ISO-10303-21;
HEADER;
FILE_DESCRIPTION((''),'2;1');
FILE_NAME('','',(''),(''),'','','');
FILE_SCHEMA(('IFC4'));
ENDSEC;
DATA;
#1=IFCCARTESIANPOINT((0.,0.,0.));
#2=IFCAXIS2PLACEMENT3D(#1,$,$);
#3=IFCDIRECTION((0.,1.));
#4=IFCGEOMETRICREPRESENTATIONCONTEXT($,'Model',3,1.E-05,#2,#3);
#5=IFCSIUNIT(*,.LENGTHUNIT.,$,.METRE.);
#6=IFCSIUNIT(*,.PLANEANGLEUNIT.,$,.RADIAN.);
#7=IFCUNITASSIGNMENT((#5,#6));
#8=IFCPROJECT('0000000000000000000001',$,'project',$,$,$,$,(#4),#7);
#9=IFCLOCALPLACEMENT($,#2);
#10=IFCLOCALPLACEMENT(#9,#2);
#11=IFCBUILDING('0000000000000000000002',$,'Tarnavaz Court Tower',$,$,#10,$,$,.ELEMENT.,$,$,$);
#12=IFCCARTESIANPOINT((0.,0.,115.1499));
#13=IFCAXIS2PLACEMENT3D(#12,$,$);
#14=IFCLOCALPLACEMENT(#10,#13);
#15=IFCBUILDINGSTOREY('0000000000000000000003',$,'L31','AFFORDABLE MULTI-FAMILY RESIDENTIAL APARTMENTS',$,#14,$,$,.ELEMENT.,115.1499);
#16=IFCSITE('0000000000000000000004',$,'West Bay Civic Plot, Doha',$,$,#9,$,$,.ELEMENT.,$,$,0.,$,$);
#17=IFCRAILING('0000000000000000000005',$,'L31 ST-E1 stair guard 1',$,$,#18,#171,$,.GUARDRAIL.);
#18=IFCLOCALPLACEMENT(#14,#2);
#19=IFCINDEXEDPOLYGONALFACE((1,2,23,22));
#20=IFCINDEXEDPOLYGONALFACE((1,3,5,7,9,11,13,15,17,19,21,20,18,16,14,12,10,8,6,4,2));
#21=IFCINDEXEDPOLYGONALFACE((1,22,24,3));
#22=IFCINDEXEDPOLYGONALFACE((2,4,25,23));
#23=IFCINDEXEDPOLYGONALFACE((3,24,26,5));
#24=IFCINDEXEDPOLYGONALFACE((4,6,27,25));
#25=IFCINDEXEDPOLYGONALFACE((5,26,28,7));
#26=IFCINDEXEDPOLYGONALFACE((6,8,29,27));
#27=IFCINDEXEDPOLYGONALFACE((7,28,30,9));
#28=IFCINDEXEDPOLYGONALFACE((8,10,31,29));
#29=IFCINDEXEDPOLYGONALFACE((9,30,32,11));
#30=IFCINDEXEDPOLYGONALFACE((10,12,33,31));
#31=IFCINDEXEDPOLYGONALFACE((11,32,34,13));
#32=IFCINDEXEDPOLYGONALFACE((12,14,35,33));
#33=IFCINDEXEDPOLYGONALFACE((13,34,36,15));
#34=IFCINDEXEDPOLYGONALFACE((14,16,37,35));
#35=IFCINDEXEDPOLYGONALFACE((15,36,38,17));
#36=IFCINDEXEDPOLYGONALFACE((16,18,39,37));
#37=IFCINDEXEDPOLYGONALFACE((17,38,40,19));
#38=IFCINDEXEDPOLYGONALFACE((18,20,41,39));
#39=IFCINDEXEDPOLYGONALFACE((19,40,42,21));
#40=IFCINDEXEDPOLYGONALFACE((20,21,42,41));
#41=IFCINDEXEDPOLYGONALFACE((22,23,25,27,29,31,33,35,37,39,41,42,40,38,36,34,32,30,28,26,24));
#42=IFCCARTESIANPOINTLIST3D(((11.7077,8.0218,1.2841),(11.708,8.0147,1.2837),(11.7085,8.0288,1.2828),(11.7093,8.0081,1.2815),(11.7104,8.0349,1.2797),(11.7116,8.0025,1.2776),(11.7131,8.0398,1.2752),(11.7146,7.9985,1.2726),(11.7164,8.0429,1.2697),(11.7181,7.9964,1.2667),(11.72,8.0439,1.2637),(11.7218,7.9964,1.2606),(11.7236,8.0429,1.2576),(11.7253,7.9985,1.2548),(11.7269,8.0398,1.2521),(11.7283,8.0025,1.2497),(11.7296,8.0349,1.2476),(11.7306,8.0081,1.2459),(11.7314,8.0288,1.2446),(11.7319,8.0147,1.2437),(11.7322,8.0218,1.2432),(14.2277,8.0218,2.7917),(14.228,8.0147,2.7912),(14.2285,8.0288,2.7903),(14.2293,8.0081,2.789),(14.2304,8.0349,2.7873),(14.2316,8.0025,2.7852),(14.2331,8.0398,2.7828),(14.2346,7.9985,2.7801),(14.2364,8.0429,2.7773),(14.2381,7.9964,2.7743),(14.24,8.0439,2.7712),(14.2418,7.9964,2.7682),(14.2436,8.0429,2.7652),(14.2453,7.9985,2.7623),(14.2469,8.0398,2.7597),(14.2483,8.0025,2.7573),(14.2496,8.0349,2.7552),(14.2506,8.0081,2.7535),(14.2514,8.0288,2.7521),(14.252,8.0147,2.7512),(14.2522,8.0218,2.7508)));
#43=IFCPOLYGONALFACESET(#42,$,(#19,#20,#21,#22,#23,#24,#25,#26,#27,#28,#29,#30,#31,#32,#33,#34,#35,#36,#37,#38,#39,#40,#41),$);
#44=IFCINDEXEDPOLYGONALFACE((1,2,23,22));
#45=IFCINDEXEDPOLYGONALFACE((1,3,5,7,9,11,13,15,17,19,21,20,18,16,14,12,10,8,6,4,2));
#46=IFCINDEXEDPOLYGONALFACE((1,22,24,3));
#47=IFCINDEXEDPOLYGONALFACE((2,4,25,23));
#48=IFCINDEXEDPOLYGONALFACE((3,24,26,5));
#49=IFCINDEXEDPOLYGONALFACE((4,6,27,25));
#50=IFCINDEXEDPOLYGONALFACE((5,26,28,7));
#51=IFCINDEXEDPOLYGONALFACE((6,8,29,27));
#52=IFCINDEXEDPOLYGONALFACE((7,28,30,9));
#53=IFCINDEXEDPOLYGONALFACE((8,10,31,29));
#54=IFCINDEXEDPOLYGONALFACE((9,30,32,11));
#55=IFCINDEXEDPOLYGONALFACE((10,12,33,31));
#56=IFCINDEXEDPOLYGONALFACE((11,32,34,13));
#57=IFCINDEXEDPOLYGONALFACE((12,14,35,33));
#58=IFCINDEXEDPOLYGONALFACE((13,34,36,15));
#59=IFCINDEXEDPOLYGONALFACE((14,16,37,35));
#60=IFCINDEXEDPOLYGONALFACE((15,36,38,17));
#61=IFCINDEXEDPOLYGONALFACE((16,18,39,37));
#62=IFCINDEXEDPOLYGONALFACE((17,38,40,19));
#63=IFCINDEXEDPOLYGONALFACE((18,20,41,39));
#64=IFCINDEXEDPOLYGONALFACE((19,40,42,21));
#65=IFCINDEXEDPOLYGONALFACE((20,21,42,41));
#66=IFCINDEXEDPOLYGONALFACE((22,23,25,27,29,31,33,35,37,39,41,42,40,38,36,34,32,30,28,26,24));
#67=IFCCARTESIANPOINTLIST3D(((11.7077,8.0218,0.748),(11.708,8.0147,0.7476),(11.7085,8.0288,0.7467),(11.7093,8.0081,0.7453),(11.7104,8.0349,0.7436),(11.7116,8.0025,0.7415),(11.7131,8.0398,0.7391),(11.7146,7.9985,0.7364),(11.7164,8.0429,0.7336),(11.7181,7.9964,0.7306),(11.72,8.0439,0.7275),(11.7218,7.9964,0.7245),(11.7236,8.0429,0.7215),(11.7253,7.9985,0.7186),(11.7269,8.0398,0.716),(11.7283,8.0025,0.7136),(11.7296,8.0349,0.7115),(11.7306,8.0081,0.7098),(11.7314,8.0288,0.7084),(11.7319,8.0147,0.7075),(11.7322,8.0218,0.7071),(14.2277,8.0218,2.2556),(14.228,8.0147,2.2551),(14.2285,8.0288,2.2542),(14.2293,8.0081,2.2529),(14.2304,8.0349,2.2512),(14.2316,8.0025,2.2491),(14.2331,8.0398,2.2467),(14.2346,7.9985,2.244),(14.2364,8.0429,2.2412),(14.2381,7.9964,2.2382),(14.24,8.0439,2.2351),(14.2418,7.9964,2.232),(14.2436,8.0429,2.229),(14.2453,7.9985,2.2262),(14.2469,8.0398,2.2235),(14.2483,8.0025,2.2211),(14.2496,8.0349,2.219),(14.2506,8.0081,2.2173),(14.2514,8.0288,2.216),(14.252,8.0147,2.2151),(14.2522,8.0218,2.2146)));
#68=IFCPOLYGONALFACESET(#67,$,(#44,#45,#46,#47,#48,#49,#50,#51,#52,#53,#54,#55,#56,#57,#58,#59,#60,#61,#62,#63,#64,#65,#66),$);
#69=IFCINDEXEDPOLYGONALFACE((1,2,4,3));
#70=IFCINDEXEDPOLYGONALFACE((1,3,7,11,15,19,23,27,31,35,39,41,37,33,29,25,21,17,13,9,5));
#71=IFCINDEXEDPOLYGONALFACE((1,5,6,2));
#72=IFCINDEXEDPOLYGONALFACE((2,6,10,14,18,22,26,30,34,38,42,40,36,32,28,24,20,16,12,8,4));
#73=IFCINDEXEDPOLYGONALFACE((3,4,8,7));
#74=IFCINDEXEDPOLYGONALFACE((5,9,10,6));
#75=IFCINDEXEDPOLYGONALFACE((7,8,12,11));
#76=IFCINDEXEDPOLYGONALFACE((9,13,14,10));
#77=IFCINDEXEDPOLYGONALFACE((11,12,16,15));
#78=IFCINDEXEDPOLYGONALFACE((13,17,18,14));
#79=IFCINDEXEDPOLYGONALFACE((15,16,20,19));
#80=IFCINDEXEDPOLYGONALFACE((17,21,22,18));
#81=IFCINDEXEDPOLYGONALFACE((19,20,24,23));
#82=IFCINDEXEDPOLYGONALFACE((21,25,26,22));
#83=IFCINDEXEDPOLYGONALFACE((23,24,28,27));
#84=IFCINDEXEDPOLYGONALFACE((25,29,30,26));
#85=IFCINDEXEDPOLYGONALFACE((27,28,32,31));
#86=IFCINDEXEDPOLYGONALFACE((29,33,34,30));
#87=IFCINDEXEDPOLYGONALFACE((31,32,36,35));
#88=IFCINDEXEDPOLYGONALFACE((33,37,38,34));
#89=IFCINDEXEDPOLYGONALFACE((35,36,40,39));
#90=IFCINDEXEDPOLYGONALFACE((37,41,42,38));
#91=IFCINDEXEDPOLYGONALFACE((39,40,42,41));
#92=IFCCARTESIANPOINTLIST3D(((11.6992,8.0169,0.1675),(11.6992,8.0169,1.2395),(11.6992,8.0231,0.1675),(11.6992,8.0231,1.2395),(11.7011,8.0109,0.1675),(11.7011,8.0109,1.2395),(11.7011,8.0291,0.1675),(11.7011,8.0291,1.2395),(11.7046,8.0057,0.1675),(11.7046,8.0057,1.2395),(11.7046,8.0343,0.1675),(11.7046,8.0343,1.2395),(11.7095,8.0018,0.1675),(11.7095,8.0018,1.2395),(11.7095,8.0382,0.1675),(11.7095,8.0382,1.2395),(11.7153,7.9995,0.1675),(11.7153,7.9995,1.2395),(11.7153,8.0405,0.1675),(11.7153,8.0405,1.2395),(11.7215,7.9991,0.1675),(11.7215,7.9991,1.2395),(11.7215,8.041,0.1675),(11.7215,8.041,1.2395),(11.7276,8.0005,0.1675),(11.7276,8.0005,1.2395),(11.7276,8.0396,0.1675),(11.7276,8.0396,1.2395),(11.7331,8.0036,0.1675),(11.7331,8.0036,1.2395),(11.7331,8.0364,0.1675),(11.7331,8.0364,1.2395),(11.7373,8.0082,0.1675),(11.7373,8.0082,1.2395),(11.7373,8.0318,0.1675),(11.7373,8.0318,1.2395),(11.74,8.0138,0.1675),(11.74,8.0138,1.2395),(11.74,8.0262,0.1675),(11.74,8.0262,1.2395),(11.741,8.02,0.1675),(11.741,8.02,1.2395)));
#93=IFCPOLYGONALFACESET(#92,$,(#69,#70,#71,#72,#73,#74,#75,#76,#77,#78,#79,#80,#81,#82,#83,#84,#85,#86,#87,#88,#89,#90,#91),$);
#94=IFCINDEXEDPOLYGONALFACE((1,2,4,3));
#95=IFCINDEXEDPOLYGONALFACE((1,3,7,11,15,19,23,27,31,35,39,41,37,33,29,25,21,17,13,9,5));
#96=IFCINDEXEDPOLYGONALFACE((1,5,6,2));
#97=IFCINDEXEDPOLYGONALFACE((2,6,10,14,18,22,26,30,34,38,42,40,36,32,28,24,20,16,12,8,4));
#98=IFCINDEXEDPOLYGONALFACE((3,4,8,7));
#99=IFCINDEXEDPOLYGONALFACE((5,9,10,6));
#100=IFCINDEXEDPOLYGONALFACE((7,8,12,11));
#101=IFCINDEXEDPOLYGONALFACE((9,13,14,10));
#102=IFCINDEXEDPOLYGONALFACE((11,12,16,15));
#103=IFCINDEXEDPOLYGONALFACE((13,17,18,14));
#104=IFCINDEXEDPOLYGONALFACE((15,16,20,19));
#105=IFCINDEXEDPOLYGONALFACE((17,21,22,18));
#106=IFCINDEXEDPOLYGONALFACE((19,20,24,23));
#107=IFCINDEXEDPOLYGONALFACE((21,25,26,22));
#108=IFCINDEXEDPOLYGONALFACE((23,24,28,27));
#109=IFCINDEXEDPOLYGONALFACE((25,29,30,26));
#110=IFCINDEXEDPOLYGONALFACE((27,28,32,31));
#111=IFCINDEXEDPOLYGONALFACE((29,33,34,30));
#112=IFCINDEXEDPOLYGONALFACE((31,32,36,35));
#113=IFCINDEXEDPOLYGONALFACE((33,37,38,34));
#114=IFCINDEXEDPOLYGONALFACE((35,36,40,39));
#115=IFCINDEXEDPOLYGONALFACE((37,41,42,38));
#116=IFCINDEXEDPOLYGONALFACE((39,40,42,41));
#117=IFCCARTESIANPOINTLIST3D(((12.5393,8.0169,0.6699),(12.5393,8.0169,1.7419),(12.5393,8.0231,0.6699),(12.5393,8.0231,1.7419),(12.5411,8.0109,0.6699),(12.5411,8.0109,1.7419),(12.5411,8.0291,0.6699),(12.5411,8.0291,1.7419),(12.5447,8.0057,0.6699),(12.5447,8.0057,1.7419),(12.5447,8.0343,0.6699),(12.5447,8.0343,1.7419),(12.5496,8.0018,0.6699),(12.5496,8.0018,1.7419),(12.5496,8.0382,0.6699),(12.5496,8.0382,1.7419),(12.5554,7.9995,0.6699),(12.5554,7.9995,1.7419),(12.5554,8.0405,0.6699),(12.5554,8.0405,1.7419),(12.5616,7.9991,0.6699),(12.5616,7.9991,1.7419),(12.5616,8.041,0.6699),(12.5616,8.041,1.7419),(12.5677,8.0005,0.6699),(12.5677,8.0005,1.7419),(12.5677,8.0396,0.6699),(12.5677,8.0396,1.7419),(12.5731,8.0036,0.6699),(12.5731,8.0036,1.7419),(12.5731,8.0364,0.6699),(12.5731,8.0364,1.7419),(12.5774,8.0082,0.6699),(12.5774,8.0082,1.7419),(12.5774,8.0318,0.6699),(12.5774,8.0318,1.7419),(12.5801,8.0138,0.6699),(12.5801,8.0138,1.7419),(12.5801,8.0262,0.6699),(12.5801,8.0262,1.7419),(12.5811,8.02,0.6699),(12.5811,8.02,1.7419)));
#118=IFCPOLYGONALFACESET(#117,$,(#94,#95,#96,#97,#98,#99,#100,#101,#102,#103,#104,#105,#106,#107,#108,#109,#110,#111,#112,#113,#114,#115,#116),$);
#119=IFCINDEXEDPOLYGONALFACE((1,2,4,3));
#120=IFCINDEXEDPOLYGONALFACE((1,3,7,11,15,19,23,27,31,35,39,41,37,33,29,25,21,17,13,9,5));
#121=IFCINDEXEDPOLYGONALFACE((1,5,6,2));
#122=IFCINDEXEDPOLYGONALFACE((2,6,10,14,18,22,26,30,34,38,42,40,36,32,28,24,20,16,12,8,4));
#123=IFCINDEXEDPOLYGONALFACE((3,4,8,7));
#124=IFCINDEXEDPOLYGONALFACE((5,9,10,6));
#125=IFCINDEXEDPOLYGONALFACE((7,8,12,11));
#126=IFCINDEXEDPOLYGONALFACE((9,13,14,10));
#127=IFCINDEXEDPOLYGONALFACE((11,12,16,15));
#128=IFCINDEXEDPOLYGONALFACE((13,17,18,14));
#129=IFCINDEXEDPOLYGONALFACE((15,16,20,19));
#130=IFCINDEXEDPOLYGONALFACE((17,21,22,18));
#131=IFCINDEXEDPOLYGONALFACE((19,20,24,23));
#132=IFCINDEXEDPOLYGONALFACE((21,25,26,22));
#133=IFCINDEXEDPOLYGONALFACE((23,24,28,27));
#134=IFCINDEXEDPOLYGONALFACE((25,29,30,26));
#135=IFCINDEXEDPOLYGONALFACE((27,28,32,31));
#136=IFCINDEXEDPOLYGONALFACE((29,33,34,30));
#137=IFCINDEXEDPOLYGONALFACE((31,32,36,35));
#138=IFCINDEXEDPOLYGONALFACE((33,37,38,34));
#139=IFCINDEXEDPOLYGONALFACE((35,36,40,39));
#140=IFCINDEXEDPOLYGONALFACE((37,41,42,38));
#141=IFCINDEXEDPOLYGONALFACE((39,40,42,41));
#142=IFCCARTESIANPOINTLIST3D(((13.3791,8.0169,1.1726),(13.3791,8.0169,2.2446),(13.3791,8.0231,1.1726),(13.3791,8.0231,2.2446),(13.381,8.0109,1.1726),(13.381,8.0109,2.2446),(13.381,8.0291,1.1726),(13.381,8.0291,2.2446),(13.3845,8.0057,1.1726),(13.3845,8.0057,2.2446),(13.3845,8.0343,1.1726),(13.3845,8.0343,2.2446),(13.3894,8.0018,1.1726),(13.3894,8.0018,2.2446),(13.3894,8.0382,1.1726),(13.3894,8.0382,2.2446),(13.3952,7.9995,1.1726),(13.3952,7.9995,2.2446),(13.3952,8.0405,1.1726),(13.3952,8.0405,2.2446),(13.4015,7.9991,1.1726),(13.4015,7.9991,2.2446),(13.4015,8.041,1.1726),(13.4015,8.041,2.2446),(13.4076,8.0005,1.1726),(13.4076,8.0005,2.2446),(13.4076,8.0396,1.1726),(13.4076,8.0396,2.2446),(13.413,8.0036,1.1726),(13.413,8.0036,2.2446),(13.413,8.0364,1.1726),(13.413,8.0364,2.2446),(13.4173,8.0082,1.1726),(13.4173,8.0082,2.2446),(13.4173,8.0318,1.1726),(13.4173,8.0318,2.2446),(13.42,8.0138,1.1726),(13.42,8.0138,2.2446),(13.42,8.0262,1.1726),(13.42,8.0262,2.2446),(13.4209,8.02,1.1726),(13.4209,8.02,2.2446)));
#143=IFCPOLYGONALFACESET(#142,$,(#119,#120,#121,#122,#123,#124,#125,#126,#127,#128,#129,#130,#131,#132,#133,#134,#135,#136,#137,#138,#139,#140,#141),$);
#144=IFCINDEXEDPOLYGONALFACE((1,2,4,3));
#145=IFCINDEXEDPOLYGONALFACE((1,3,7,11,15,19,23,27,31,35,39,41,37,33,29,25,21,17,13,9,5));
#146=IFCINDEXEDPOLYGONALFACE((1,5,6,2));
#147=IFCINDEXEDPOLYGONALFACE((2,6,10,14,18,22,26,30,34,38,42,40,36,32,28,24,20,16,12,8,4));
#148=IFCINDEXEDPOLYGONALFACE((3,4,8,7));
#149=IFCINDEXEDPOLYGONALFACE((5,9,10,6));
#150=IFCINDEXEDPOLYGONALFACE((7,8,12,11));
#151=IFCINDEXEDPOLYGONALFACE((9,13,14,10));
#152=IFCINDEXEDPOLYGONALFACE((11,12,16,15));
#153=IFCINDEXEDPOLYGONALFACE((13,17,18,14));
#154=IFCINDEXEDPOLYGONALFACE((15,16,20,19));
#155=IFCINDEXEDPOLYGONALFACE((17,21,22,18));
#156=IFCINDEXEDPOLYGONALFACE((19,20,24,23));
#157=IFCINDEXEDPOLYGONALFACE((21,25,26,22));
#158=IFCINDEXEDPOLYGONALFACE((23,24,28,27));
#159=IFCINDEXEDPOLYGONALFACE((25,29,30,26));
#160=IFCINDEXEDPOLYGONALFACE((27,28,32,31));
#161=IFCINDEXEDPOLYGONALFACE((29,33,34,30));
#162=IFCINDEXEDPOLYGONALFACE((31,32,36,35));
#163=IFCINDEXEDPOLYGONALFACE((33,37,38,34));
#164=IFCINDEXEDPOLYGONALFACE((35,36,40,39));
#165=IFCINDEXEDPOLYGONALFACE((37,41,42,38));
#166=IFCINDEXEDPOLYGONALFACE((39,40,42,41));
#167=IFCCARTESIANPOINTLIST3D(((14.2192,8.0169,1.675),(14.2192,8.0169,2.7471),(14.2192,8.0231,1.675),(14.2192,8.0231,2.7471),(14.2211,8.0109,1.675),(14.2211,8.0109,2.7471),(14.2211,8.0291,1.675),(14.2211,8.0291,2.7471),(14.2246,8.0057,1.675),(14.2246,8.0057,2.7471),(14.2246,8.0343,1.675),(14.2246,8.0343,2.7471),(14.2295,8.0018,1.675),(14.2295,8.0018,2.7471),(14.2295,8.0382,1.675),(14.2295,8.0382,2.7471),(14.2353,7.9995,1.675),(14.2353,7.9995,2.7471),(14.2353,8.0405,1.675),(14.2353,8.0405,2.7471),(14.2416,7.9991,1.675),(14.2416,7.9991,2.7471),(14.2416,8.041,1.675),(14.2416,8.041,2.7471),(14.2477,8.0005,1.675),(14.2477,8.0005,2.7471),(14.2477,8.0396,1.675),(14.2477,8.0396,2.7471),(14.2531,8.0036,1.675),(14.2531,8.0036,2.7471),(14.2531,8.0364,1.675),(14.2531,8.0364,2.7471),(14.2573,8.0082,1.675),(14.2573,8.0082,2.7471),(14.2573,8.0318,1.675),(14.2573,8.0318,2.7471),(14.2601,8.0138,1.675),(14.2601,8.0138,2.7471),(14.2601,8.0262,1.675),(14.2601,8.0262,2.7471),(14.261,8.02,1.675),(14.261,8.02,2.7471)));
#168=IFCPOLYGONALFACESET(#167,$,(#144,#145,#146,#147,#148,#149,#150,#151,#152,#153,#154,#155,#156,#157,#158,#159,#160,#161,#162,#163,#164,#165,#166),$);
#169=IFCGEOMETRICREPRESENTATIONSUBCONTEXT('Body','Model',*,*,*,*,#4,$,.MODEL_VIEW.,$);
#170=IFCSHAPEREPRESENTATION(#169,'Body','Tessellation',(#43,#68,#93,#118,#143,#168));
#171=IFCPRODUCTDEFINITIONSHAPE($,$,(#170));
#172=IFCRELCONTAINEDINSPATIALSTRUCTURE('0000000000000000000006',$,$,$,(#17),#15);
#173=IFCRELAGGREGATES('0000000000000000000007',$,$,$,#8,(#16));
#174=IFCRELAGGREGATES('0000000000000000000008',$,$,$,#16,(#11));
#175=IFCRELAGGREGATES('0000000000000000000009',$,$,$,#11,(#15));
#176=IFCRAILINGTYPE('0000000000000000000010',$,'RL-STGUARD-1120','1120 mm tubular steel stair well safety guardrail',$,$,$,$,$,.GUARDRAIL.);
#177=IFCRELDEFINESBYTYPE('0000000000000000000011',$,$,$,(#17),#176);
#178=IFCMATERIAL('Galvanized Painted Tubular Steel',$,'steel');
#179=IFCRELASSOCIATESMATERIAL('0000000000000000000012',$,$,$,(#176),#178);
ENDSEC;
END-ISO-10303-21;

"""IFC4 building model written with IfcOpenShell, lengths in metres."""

from ifc_helpers import new_model, si_unit, direction, frame, origin, origin_2d, place, context, subcontext, project, spatial, circle, extrude, material, type_object, element, save


model = new_model("IFC4")

# Units and contexts
model_context = context("Model", 3, precision=1e-05, world=origin(), true_north=direction((0.0, 1.0)))
body_context = subcontext(model_context, "Body", "Model", "MODEL_VIEW")
ifc_project = project(units=[si_unit("LENGTHUNIT", "METRE"), si_unit("PLANEANGLEUNIT", "RADIAN")], contexts=[model_context])

# Site, building, storey
site_placement = place(None, origin())
site = spatial("IfcSite", under=ifc_project, at=site_placement, Name="West Bay Civic Plot, Doha", CompositionType="ELEMENT", RefElevation=0.0)
building_placement = place(site_placement, origin())
building = spatial("IfcBuilding", under=site, at=building_placement, Name="Tarnavaz Court Tower", CompositionType="ELEMENT")
storey_placement = place(building_placement, frame((0.0, 0.0, 115.1499)))
storey = spatial("IfcBuildingStorey", under=building, at=storey_placement, Name="L31", Description="AFFORDABLE MULTI-FAMILY RESIDENTIAL APARTMENTS", CompositionType="ELEMENT", Elevation=115.1499)

# Railing
ifc_material_1 = material(Name="Galvanized Painted Tubular Steel", Category="steel")
railing_type_1 = type_object("IfcRailingType", Name="RL-STGUARD-1120", Description="1120 mm tubular steel stair well safety guardrail", PredefinedType="GUARDRAIL", material=ifc_material_1)
railing_1_placement = place(storey_placement, frame((11.72, 8.02, 0.1675)))
element("IfcRailing", 1, at=railing_1_placement, inside=storey, type_object=railing_type_1, Name="L31 ST-E1 stair guard 1", PredefinedType="GUARDRAIL", context=body_context, shape_type="SweptSolid", body=[
    extrude(circle(Radius=0.0239, at=origin_2d()), frame((0.0, 0.0, 1.0962), z_axis=(0.85816, 0.0, 0.513383), x_axis=(0.0, 1.0, 0.0)), (0.0, 0.0, 1.0), 2.9365),
    extrude(circle(Radius=0.0239, at=origin_2d()), frame((0.0, 0.0, 0.5601), z_axis=(0.85816, 0.0, 0.513383), x_axis=(0.0, 1.0, 0.0)), (0.0, 0.0, 1.0), 2.9365),
    extrude(circle(Radius=0.021, at=origin_2d()), origin(), (0.0, 0.0, 1.0), 1.072),
    extrude(circle(Radius=0.021, at=origin_2d()), frame((0.8401, 0.0, 0.5024)), (0.0, 0.0, 1.0), 1.072),
    extrude(circle(Radius=0.021, at=origin_2d()), frame((1.6799, 0.0, 1.0051)), (0.0, 0.0, 1.0), 1.072),
    extrude(circle(Radius=0.021, at=origin_2d()), frame((2.52, 0.0, 1.5076)), (0.0, 0.0, 1.0), 1.072),
])

save(model, "model.ifc")
